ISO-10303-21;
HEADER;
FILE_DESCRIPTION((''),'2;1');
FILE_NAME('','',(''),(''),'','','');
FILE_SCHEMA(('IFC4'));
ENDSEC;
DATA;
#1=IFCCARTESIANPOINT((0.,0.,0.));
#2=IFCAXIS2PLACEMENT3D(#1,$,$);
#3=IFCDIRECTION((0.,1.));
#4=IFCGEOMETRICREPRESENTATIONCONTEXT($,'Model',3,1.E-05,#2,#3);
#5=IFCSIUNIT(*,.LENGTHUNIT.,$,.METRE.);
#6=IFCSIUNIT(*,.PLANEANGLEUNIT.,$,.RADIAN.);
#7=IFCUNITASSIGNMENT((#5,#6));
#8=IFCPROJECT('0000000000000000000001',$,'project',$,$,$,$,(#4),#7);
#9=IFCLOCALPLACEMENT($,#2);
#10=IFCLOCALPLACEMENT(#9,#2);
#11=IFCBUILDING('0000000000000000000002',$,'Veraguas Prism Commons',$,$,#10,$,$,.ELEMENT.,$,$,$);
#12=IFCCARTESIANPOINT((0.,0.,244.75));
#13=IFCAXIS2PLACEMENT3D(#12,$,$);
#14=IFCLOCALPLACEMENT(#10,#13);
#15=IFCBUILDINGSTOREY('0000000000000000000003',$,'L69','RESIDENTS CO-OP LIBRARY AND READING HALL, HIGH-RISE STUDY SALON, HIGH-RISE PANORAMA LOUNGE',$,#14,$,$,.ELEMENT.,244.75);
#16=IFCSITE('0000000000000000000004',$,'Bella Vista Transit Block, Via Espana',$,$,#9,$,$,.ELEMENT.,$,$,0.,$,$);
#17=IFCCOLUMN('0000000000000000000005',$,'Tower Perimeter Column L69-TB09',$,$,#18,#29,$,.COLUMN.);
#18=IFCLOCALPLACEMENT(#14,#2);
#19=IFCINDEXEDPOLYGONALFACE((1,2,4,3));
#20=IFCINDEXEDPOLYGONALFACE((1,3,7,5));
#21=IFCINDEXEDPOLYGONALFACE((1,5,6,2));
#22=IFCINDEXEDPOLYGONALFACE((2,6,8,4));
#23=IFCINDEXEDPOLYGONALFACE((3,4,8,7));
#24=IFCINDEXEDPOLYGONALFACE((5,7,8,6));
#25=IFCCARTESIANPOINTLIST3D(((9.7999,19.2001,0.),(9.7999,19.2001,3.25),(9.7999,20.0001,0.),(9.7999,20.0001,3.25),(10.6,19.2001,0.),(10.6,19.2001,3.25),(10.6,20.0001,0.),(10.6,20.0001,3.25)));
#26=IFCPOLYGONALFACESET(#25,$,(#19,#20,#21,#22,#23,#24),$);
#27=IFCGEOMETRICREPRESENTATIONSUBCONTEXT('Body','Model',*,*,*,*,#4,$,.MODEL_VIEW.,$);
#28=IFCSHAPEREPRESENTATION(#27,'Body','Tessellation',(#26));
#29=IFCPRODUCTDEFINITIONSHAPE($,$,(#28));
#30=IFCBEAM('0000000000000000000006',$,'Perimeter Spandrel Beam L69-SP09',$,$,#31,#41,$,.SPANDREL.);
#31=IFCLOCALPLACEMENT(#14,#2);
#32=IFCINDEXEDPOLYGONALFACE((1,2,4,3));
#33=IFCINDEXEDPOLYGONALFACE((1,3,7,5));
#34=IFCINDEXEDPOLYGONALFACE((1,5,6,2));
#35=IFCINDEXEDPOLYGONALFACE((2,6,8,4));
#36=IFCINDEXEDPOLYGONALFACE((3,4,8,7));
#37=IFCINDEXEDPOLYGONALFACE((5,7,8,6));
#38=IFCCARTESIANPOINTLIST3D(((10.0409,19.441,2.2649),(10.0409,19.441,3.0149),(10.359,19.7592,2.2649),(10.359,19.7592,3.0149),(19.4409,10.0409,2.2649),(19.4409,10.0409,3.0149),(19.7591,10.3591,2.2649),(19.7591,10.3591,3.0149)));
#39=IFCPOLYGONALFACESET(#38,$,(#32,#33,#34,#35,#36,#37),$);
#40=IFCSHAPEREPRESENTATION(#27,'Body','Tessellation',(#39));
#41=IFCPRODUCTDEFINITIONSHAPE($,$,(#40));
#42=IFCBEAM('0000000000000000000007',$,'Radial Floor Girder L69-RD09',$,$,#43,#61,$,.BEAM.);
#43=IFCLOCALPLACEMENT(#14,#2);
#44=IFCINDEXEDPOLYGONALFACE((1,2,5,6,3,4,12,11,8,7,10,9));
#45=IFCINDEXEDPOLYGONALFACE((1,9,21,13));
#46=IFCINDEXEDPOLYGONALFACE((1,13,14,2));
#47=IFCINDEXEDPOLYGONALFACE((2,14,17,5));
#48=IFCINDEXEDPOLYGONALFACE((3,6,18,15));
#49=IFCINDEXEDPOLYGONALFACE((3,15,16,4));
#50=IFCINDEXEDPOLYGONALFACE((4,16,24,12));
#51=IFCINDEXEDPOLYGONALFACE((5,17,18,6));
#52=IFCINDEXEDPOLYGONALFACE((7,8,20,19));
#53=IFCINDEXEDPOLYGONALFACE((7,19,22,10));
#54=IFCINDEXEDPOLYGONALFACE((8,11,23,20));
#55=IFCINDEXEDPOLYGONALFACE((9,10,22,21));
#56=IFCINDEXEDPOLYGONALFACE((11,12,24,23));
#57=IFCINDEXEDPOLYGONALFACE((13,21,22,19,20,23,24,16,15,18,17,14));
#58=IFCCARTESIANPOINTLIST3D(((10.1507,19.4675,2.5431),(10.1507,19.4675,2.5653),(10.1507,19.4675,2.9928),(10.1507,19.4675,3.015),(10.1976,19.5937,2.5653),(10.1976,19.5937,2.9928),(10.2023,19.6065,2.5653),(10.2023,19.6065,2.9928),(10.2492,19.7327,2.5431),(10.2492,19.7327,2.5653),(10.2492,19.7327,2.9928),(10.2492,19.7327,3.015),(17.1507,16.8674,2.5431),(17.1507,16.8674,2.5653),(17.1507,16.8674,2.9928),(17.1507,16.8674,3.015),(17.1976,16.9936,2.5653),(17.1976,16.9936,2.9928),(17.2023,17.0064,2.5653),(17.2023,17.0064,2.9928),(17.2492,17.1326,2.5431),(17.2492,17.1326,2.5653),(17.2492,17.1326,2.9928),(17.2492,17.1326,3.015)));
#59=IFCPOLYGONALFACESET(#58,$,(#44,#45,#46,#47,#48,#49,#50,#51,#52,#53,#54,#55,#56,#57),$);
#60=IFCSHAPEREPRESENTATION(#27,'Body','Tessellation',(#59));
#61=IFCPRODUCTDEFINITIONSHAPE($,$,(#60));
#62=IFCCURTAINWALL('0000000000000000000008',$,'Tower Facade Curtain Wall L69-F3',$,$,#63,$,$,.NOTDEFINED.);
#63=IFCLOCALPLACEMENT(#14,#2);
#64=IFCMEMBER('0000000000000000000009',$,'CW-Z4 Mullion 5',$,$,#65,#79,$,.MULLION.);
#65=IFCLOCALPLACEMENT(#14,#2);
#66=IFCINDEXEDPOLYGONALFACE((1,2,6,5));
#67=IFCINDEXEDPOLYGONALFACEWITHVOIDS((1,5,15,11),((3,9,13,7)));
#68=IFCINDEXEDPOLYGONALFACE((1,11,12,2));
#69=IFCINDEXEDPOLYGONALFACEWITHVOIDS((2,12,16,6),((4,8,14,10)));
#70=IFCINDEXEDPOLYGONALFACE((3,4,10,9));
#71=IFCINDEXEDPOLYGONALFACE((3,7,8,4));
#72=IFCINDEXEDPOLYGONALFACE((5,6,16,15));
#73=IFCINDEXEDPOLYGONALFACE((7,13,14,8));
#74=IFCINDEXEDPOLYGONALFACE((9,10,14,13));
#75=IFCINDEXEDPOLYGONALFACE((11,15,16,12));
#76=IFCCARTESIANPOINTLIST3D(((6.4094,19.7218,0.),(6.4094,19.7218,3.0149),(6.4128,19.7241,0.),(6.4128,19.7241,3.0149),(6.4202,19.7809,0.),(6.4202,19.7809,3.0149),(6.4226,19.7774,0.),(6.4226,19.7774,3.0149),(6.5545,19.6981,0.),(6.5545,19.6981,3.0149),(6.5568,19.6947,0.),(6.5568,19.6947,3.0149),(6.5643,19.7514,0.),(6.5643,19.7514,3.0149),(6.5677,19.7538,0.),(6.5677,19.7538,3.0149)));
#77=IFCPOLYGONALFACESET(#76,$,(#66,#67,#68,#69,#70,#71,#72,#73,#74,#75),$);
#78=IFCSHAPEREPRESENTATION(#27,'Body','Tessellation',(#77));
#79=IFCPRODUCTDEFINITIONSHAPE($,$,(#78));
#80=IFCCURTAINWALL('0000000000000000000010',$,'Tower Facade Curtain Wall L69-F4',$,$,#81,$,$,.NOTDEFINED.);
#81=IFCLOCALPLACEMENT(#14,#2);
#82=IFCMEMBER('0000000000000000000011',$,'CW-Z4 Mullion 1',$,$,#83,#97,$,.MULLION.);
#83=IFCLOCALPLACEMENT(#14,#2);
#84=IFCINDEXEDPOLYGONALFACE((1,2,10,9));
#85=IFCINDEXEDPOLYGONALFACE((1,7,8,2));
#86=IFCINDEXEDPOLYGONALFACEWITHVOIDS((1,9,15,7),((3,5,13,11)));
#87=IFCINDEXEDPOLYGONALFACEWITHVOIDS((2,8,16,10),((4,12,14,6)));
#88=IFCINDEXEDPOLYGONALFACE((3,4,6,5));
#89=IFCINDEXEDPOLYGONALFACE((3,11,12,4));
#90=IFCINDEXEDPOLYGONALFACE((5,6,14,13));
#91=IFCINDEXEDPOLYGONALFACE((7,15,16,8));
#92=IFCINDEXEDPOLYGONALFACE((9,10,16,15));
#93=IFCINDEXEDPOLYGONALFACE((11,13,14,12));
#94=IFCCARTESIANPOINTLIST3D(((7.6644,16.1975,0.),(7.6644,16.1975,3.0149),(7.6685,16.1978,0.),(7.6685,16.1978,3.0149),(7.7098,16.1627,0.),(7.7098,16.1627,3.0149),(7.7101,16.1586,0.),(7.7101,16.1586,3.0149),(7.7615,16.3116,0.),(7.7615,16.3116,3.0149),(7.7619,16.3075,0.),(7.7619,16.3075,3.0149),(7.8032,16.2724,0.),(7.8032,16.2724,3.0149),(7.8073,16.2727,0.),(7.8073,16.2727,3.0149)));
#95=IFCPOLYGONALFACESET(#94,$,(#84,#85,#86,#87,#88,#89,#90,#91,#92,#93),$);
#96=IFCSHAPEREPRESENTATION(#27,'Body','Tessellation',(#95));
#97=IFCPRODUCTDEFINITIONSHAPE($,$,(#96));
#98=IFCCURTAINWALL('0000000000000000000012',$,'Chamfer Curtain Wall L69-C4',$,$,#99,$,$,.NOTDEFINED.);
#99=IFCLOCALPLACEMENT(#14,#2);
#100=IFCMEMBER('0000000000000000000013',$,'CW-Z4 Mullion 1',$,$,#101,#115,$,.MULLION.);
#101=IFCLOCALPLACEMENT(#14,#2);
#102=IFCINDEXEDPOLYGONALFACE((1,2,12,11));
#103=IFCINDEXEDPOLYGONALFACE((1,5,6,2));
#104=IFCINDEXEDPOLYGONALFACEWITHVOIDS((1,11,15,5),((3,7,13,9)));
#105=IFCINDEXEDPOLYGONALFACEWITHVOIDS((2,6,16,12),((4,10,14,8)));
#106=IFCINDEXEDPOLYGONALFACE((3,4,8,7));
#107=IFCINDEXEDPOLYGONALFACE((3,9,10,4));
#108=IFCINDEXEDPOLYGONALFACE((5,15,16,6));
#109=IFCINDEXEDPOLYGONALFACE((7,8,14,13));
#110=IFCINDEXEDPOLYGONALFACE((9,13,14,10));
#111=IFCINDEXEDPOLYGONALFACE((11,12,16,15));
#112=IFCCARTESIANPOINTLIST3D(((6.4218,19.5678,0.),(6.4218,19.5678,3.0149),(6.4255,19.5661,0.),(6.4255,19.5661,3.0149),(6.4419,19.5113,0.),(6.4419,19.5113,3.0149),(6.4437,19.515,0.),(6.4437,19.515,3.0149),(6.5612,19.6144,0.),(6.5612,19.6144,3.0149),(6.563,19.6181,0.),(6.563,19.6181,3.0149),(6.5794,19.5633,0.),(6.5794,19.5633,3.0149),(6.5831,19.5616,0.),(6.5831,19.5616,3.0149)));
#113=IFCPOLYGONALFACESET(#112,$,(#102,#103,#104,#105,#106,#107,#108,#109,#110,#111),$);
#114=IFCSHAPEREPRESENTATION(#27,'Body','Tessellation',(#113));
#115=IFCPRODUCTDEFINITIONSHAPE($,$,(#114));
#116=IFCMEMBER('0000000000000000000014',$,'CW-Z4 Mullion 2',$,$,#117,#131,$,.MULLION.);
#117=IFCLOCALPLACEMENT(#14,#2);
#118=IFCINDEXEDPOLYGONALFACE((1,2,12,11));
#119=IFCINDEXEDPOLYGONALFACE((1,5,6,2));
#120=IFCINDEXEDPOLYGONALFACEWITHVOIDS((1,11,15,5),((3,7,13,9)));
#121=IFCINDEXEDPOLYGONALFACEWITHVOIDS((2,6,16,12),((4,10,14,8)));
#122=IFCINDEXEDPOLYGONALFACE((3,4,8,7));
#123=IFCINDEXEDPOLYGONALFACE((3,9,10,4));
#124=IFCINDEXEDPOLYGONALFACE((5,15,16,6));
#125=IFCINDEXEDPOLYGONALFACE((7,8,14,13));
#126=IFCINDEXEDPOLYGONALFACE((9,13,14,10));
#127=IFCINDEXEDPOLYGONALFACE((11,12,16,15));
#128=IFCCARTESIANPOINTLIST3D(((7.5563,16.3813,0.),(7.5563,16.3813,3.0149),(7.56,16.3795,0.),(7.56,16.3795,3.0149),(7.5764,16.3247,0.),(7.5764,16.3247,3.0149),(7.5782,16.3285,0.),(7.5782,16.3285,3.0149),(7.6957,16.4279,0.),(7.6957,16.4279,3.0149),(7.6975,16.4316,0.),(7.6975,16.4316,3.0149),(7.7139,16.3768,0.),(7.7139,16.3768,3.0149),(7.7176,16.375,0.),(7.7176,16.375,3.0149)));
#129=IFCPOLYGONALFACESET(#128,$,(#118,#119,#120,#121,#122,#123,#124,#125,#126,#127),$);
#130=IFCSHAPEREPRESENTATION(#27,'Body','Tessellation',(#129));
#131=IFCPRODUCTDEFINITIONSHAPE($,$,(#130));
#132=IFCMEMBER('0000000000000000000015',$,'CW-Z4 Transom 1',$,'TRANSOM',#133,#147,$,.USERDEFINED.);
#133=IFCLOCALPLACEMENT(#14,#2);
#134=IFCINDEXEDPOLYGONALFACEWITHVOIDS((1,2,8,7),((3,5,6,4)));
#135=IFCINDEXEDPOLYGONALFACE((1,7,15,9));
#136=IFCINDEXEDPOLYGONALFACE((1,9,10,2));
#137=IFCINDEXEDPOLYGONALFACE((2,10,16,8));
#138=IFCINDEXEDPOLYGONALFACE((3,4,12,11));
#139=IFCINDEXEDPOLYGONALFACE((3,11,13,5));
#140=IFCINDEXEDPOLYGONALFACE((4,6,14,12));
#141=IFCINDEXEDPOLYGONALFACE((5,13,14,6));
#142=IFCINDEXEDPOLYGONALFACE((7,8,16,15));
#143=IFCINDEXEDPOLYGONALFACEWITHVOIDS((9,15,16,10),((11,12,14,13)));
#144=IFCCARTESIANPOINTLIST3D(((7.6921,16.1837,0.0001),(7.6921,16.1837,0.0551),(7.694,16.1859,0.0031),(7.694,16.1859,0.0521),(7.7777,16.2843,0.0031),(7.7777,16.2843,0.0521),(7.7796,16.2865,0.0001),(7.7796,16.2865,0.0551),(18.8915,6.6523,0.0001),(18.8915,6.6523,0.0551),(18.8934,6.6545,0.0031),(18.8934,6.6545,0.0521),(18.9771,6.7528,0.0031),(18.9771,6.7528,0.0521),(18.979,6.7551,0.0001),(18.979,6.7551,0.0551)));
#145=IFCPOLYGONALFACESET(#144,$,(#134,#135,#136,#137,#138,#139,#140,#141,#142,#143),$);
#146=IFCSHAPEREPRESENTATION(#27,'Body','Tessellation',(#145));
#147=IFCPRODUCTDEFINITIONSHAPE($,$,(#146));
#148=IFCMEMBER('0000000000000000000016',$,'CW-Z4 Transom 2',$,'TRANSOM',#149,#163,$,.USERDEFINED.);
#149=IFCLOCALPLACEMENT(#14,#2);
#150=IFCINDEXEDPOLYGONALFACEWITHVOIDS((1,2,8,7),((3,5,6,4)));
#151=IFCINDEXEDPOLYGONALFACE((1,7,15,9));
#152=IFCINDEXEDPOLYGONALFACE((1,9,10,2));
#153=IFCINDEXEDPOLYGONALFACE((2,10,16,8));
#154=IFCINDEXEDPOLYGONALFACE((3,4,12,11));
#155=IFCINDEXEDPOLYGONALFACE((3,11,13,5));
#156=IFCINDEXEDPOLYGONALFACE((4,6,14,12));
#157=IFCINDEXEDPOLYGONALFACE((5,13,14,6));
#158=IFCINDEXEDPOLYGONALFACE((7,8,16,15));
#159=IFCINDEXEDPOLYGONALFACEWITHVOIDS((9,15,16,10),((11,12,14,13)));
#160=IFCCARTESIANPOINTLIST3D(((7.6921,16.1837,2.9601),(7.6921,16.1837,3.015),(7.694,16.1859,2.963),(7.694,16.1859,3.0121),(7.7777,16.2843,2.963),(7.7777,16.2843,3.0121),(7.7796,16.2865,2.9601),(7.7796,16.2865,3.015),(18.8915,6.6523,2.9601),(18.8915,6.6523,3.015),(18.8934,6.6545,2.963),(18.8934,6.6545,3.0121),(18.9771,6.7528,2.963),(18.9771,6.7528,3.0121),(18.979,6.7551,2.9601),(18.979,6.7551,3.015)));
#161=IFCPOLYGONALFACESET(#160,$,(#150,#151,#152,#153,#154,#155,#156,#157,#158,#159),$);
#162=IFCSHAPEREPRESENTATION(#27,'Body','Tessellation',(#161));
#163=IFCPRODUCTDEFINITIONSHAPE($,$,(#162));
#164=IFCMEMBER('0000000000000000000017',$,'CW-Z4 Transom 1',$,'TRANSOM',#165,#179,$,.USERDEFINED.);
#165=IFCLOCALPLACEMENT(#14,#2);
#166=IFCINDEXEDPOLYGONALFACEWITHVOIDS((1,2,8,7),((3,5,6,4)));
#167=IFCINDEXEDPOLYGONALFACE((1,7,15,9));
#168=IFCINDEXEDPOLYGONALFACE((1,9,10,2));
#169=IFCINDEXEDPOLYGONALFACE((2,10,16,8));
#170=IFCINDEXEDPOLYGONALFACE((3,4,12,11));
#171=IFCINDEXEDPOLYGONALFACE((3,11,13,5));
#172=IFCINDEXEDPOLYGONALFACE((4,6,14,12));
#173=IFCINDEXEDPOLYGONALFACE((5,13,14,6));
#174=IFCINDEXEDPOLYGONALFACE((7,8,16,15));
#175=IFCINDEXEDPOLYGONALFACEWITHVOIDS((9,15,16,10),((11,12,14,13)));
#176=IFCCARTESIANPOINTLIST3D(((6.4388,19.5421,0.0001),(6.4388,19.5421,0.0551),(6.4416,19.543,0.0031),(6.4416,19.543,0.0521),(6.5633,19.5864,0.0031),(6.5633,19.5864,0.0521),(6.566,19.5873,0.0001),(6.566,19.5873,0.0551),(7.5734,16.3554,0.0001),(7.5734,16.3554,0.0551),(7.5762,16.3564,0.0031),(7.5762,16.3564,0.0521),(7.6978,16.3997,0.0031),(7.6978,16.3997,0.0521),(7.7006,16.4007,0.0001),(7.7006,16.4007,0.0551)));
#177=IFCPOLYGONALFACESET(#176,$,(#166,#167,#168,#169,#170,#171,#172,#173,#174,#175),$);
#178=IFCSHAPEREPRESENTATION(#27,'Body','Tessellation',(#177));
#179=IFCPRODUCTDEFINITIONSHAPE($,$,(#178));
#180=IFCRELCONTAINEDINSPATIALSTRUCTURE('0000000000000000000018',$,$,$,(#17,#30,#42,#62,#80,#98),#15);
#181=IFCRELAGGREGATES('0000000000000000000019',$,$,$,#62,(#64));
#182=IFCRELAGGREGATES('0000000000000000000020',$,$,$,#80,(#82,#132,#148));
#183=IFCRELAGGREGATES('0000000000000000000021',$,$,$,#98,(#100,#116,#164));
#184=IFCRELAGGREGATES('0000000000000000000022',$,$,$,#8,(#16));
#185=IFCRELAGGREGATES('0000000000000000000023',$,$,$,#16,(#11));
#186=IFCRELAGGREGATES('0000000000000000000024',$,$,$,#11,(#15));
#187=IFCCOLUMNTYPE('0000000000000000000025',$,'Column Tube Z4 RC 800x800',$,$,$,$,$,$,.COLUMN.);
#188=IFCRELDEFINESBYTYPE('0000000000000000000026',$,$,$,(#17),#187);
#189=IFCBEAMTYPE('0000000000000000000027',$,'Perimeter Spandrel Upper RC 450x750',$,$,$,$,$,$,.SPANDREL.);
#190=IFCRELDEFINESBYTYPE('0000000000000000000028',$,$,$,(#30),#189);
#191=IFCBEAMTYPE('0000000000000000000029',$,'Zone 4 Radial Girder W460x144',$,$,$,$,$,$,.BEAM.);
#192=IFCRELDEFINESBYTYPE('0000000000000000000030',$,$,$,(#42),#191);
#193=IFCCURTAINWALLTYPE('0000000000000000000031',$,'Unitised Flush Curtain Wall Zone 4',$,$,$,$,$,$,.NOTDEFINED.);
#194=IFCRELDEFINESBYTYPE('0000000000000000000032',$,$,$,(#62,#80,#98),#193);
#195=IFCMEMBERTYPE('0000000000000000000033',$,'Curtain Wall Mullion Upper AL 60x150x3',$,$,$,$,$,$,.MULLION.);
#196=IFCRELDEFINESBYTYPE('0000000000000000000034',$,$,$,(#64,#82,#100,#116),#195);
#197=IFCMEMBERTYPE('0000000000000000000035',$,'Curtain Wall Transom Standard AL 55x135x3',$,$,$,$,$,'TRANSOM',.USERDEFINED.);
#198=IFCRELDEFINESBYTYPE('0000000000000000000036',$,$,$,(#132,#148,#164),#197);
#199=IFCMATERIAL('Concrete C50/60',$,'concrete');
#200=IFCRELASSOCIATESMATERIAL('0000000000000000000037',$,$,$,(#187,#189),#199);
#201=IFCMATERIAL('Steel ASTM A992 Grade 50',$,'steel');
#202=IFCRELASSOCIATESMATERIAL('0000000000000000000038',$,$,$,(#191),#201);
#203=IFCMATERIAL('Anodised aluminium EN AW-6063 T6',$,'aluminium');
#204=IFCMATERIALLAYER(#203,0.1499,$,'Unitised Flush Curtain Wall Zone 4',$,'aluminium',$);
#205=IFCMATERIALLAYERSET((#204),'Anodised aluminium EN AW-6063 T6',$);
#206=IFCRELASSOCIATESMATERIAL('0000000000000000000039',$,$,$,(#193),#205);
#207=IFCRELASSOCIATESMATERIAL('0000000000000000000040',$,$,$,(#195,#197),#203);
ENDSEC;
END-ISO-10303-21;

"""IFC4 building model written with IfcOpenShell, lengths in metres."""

from ifc_helpers import new_model, si_unit, direction, frame, origin, origin_2d, place, context, subcontext, project, spatial, rectangle, hollow_rectangle, i_section, extrude, source, transform, mapped, material, layer, layer_set, material_profile, profile_set, type_object, element, aggregate, save


model = new_model("IFC4")

# Units and contexts
model_context = context("Model", 3, precision=1e-05, world=origin(), true_north=direction((0.0, 1.0)))
body_context = subcontext(model_context, "Body", "Model", "MODEL_VIEW")
ifc_project = project(units=[si_unit("LENGTHUNIT", "METRE"), si_unit("PLANEANGLEUNIT", "RADIAN")], contexts=[model_context])

# Site, building, storey
site_placement = place(None, origin())
site = spatial("IfcSite", under=ifc_project, at=site_placement, Name="Bella Vista Transit Block, Via Espana", CompositionType="ELEMENT", RefElevation=0.0)
building_placement = place(site_placement, origin())
building = spatial("IfcBuilding", under=site, at=building_placement, Name="Veraguas Prism Commons", CompositionType="ELEMENT")
storey_placement = place(building_placement, frame((0.0, 0.0, 244.75)))
storey = spatial("IfcBuildingStorey", under=building, at=storey_placement, Name="L69", Description="RESIDENTS CO-OP LIBRARY AND READING HALL, HIGH-RISE STUDY SALON, HIGH-RISE PANORAMA LOUNGE", CompositionType="ELEMENT", Elevation=244.75)

# Column
ifc_material_1 = material(Name="Concrete C50/60", Category="concrete")
ifc_material_profile_1 = material_profile(ifc_material_1, rectangle(XDim=0.8, YDim=0.8, at=origin_2d()), Name="RC800X800")
ifc_profile_set_1 = profile_set([ifc_material_profile_1], Name="Concrete C50/60")
column_type = type_object("IfcColumnType", Name="Column Tube Z4 RC 800x800", PredefinedType="COLUMN", material=ifc_profile_set_1)
column_placement = place(storey_placement, frame((10.2, 19.6001, 0.0), z_axis=(0.0, 0.0, 1.0), x_axis=(1.0, 0.0, 0.0)))
element("IfcColumn", 1, at=column_placement, inside=storey, type_object=column_type, Name="Tower Perimeter Column L69-TB09", PredefinedType="COLUMN", context=body_context, shape_type="SweptSolid", body=[
    extrude(rectangle(XDim=0.8, YDim=0.8, at=origin_2d()), origin(), (0.0, 0.0, 1.0), 3.25),
])

# Beams
ifc_material_profile_2 = material_profile(ifc_material_1, rectangle(XDim=0.45, YDim=0.75, at=origin_2d()), Name="RC450X750")
ifc_profile_set_2 = profile_set([ifc_material_profile_2], Name="Concrete C50/60")
beam_type_1 = type_object("IfcBeamType", Name="Perimeter Spandrel Upper RC 450x750", PredefinedType="SPANDREL", material=ifc_profile_set_2)
beam_1_placement = place(storey_placement, frame((10.2, 19.6001, 2.6399), z_axis=(0.707107, -0.707107, 0.0), x_axis=(0.707107, 0.707107, 0.0)))
element("IfcBeam", 2, at=beam_1_placement, inside=storey, type_object=beam_type_1, Name="Perimeter Spandrel Beam L69-SP09", PredefinedType="SPANDREL", context=body_context, shape_type="SweptSolid", body=[
    extrude(rectangle(XDim=0.45, YDim=0.75, at=origin_2d()), origin(), (0.0, 0.0, 1.0), 13.2937),
])
ifc_material_2 = material(Name="Steel ASTM A992 Grade 50", Category="steel")
ifc_material_profile_3 = material_profile(ifc_material_2, i_section(OverallWidth=0.283, OverallDepth=0.4719, WebThickness=0.0137, FlangeThickness=0.0222, at=origin_2d()), Name="W460X144")
ifc_profile_set_3 = profile_set([ifc_material_profile_3], Name="Steel ASTM A992 Grade 50")
beam_type_2 = type_object("IfcBeamType", Name="Zone 4 Radial Girder W460x144", PredefinedType="BEAM", material=ifc_profile_set_3)
beam_2_placement = place(storey_placement, frame((10.2, 19.6001, 2.7791), z_axis=(0.937421, -0.348198, 0.0), x_axis=(0.348198, 0.937421, 0.0)))
element("IfcBeam", 3, at=beam_2_placement, inside=storey, type_object=beam_type_2, Name="Radial Floor Girder L69-RD09", PredefinedType="BEAM", context=body_context, shape_type="SweptSolid", body=[
    extrude(i_section(OverallWidth=0.283, OverallDepth=0.4719, WebThickness=0.0137, FlangeThickness=0.0222, at=origin_2d()), origin(), (0.0, 0.0, 1.0), 7.4673),
])

# Curtain walls, members
ifc_material_3 = material(Name="Anodised aluminium EN AW-6063 T6", Category="aluminium")
ifc_layer_1 = layer(ifc_material_3, 0.1499, Name="Unitised Flush Curtain Wall Zone 4", Category="aluminium")
ifc_layer_set_1 = layer_set([ifc_layer_1], Name="Anodised aluminium EN AW-6063 T6")
curtain_wall_type = type_object("IfcCurtainWallType", Name="Unitised Flush Curtain Wall Zone 4", PredefinedType="NOTDEFINED", material=ifc_layer_set_1)
curtain_wall_1_placement = place(storey_placement, origin())
curtain_wall_1 = element("IfcCurtainWall", 4, at=curtain_wall_1_placement, inside=storey, type_object=curtain_wall_type, Name="Tower Facade Curtain Wall L69-F3", PredefinedType="NOTDEFINED")
ifc_material_profile_4 = material_profile(ifc_material_3, hollow_rectangle(XDim=0.0601, YDim=0.1499, WallThickness=0.0029, at=origin_2d()), Name="AL60X150X3")
ifc_profile_set_4 = profile_set([ifc_material_profile_4], Name="Anodised aluminium EN AW-6063 T6")
member_type_1 = type_object("IfcMemberType", Name="Curtain Wall Mullion Upper AL 60x150x3", PredefinedType="MULLION", material=ifc_profile_set_4)
shared_shape_1 = source(origin(), body_context, "Body", "SweptSolid", [
    extrude(hollow_rectangle(XDim=0.0601, YDim=0.1499, WallThickness=0.0029, at=origin_2d()), origin(), (0.0, 0.0, 1.0), 3.0149),
])
member_1_placement = place(storey_placement, frame((6.4885, 19.7378, 0.0), z_axis=(0.0, 0.0, 1.0), x_axis=(-0.180524, -0.983571, 0.0)))
member_1 = element("IfcMember", 5, at=member_1_placement, type_object=member_type_1, Name="CW-Z4 Mullion 5", PredefinedType="MULLION", context=body_context, shape_type="MappedRepresentation", body=[
    mapped(shared_shape_1, transform((0.0, 0.0, 0.0), scale=1.0)),
])
curtain_wall_2_placement = place(storey_placement, origin())
curtain_wall_2 = element("IfcCurtainWall", 6, at=curtain_wall_2_placement, inside=storey, type_object=curtain_wall_type, Name="Tower Facade Curtain Wall L69-F4", PredefinedType="NOTDEFINED")
member_2_placement = place(storey_placement, frame((7.7358, 16.2351, 0.0), z_axis=(0.0, 0.0, 1.0), x_axis=(0.761538, -0.64812, 0.0)))
member_2 = element("IfcMember", 7, at=member_2_placement, type_object=member_type_1, Name="CW-Z4 Mullion 1", PredefinedType="MULLION", context=body_context, shape_type="MappedRepresentation", body=[
    mapped(shared_shape_1, transform((0.0, 0.0, 0.0), scale=1.0)),
])

# Curtain wall, members
curtain_wall_3_placement = place(storey_placement, origin())
curtain_wall_3 = element("IfcCurtainWall", 8, at=curtain_wall_3_placement, inside=storey, type_object=curtain_wall_type, Name="Chamfer Curtain Wall L69-C4", PredefinedType="NOTDEFINED")
member_3_placement = place(storey_placement, frame((6.5024, 19.5647, 0.0), z_axis=(0.0, 0.0, 1.0), x_axis=(0.335457, -0.942056, 0.0)))
member_3 = element("IfcMember", 9, at=member_3_placement, type_object=member_type_1, Name="CW-Z4 Mullion 1", PredefinedType="MULLION", context=body_context, shape_type="MappedRepresentation", body=[
    mapped(shared_shape_1, transform((0.0, 0.0, 0.0), scale=1.0)),
])
member_4_placement = place(storey_placement, frame((7.637, 16.3782, 0.0), z_axis=(0.0, 0.0, 1.0), x_axis=(0.335457, -0.942056, 0.0)))
member_4 = element("IfcMember", 10, at=member_4_placement, type_object=member_type_1, Name="CW-Z4 Mullion 2", PredefinedType="MULLION", context=body_context, shape_type="MappedRepresentation", body=[
    mapped(shared_shape_1, transform((0.0, 0.0, 0.0), scale=1.0)),
])

# Members
ifc_material_profile_5 = material_profile(ifc_material_3, hollow_rectangle(XDim=0.0549, YDim=0.135, WallThickness=0.0029, at=origin_2d()), Name="AL55X135X3")
ifc_profile_set_5 = profile_set([ifc_material_profile_5], Name="Anodised aluminium EN AW-6063 T6")
member_type_2 = type_object("IfcMemberType", Name="Curtain Wall Transom Standard AL 55x135x3", ElementType="TRANSOM", PredefinedType="USERDEFINED", material=ifc_profile_set_5)
shared_shape_2 = source(origin(), body_context, "Body", "SweptSolid", [
    extrude(hollow_rectangle(XDim=0.0549, YDim=0.135, WallThickness=0.0029, at=origin_2d()), origin(), (0.0, 0.0, 1.0), 14.7063),
])
member_5_placement = place(storey_placement, frame((7.7358, 16.2351, 0.0276), z_axis=(0.761538, -0.64812, 0.0), x_axis=(0.0, 0.0, 1.0)))
member_5 = element("IfcMember", 11, at=member_5_placement, type_object=member_type_2, Name="CW-Z4 Transom 1", ObjectType="TRANSOM", PredefinedType="USERDEFINED", context=body_context, shape_type="MappedRepresentation", body=[
    mapped(shared_shape_2, transform((0.0, 0.0, 0.0), scale=1.0)),
])
member_6_placement = place(storey_placement, frame((7.7358, 16.2351, 2.9875), z_axis=(0.761538, -0.64812, 0.0), x_axis=(0.0, 0.0, 1.0)))
member_6 = element("IfcMember", 12, at=member_6_placement, type_object=member_type_2, Name="CW-Z4 Transom 2", ObjectType="TRANSOM", PredefinedType="USERDEFINED", context=body_context, shape_type="MappedRepresentation", body=[
    mapped(shared_shape_2, transform((0.0, 0.0, 0.0), scale=1.0)),
])
shared_shape_3 = source(origin(), body_context, "Body", "SweptSolid", [
    extrude(hollow_rectangle(XDim=0.0549, YDim=0.135, WallThickness=0.0029, at=origin_2d()), origin(), (0.0, 0.0, 1.0), 3.3826),
])
member_7_placement = place(storey_placement, frame((6.5024, 19.5647, 0.0276), z_axis=(0.335413, -0.942071, 0.0), x_axis=(0.0, 0.0, 1.0)))
member_7 = element("IfcMember", 13, at=member_7_placement, type_object=member_type_2, Name="CW-Z4 Transom 1", ObjectType="TRANSOM", PredefinedType="USERDEFINED", context=body_context, shape_type="MappedRepresentation", body=[
    mapped(shared_shape_3, transform((0.0, 0.0, 0.0), scale=1.0)),
])

aggregate(curtain_wall_1, [member_1])
aggregate(curtain_wall_2, [member_2, member_5, member_6])
aggregate(curtain_wall_3, [member_3, member_4, member_7])

save(model, "model.ifc")
